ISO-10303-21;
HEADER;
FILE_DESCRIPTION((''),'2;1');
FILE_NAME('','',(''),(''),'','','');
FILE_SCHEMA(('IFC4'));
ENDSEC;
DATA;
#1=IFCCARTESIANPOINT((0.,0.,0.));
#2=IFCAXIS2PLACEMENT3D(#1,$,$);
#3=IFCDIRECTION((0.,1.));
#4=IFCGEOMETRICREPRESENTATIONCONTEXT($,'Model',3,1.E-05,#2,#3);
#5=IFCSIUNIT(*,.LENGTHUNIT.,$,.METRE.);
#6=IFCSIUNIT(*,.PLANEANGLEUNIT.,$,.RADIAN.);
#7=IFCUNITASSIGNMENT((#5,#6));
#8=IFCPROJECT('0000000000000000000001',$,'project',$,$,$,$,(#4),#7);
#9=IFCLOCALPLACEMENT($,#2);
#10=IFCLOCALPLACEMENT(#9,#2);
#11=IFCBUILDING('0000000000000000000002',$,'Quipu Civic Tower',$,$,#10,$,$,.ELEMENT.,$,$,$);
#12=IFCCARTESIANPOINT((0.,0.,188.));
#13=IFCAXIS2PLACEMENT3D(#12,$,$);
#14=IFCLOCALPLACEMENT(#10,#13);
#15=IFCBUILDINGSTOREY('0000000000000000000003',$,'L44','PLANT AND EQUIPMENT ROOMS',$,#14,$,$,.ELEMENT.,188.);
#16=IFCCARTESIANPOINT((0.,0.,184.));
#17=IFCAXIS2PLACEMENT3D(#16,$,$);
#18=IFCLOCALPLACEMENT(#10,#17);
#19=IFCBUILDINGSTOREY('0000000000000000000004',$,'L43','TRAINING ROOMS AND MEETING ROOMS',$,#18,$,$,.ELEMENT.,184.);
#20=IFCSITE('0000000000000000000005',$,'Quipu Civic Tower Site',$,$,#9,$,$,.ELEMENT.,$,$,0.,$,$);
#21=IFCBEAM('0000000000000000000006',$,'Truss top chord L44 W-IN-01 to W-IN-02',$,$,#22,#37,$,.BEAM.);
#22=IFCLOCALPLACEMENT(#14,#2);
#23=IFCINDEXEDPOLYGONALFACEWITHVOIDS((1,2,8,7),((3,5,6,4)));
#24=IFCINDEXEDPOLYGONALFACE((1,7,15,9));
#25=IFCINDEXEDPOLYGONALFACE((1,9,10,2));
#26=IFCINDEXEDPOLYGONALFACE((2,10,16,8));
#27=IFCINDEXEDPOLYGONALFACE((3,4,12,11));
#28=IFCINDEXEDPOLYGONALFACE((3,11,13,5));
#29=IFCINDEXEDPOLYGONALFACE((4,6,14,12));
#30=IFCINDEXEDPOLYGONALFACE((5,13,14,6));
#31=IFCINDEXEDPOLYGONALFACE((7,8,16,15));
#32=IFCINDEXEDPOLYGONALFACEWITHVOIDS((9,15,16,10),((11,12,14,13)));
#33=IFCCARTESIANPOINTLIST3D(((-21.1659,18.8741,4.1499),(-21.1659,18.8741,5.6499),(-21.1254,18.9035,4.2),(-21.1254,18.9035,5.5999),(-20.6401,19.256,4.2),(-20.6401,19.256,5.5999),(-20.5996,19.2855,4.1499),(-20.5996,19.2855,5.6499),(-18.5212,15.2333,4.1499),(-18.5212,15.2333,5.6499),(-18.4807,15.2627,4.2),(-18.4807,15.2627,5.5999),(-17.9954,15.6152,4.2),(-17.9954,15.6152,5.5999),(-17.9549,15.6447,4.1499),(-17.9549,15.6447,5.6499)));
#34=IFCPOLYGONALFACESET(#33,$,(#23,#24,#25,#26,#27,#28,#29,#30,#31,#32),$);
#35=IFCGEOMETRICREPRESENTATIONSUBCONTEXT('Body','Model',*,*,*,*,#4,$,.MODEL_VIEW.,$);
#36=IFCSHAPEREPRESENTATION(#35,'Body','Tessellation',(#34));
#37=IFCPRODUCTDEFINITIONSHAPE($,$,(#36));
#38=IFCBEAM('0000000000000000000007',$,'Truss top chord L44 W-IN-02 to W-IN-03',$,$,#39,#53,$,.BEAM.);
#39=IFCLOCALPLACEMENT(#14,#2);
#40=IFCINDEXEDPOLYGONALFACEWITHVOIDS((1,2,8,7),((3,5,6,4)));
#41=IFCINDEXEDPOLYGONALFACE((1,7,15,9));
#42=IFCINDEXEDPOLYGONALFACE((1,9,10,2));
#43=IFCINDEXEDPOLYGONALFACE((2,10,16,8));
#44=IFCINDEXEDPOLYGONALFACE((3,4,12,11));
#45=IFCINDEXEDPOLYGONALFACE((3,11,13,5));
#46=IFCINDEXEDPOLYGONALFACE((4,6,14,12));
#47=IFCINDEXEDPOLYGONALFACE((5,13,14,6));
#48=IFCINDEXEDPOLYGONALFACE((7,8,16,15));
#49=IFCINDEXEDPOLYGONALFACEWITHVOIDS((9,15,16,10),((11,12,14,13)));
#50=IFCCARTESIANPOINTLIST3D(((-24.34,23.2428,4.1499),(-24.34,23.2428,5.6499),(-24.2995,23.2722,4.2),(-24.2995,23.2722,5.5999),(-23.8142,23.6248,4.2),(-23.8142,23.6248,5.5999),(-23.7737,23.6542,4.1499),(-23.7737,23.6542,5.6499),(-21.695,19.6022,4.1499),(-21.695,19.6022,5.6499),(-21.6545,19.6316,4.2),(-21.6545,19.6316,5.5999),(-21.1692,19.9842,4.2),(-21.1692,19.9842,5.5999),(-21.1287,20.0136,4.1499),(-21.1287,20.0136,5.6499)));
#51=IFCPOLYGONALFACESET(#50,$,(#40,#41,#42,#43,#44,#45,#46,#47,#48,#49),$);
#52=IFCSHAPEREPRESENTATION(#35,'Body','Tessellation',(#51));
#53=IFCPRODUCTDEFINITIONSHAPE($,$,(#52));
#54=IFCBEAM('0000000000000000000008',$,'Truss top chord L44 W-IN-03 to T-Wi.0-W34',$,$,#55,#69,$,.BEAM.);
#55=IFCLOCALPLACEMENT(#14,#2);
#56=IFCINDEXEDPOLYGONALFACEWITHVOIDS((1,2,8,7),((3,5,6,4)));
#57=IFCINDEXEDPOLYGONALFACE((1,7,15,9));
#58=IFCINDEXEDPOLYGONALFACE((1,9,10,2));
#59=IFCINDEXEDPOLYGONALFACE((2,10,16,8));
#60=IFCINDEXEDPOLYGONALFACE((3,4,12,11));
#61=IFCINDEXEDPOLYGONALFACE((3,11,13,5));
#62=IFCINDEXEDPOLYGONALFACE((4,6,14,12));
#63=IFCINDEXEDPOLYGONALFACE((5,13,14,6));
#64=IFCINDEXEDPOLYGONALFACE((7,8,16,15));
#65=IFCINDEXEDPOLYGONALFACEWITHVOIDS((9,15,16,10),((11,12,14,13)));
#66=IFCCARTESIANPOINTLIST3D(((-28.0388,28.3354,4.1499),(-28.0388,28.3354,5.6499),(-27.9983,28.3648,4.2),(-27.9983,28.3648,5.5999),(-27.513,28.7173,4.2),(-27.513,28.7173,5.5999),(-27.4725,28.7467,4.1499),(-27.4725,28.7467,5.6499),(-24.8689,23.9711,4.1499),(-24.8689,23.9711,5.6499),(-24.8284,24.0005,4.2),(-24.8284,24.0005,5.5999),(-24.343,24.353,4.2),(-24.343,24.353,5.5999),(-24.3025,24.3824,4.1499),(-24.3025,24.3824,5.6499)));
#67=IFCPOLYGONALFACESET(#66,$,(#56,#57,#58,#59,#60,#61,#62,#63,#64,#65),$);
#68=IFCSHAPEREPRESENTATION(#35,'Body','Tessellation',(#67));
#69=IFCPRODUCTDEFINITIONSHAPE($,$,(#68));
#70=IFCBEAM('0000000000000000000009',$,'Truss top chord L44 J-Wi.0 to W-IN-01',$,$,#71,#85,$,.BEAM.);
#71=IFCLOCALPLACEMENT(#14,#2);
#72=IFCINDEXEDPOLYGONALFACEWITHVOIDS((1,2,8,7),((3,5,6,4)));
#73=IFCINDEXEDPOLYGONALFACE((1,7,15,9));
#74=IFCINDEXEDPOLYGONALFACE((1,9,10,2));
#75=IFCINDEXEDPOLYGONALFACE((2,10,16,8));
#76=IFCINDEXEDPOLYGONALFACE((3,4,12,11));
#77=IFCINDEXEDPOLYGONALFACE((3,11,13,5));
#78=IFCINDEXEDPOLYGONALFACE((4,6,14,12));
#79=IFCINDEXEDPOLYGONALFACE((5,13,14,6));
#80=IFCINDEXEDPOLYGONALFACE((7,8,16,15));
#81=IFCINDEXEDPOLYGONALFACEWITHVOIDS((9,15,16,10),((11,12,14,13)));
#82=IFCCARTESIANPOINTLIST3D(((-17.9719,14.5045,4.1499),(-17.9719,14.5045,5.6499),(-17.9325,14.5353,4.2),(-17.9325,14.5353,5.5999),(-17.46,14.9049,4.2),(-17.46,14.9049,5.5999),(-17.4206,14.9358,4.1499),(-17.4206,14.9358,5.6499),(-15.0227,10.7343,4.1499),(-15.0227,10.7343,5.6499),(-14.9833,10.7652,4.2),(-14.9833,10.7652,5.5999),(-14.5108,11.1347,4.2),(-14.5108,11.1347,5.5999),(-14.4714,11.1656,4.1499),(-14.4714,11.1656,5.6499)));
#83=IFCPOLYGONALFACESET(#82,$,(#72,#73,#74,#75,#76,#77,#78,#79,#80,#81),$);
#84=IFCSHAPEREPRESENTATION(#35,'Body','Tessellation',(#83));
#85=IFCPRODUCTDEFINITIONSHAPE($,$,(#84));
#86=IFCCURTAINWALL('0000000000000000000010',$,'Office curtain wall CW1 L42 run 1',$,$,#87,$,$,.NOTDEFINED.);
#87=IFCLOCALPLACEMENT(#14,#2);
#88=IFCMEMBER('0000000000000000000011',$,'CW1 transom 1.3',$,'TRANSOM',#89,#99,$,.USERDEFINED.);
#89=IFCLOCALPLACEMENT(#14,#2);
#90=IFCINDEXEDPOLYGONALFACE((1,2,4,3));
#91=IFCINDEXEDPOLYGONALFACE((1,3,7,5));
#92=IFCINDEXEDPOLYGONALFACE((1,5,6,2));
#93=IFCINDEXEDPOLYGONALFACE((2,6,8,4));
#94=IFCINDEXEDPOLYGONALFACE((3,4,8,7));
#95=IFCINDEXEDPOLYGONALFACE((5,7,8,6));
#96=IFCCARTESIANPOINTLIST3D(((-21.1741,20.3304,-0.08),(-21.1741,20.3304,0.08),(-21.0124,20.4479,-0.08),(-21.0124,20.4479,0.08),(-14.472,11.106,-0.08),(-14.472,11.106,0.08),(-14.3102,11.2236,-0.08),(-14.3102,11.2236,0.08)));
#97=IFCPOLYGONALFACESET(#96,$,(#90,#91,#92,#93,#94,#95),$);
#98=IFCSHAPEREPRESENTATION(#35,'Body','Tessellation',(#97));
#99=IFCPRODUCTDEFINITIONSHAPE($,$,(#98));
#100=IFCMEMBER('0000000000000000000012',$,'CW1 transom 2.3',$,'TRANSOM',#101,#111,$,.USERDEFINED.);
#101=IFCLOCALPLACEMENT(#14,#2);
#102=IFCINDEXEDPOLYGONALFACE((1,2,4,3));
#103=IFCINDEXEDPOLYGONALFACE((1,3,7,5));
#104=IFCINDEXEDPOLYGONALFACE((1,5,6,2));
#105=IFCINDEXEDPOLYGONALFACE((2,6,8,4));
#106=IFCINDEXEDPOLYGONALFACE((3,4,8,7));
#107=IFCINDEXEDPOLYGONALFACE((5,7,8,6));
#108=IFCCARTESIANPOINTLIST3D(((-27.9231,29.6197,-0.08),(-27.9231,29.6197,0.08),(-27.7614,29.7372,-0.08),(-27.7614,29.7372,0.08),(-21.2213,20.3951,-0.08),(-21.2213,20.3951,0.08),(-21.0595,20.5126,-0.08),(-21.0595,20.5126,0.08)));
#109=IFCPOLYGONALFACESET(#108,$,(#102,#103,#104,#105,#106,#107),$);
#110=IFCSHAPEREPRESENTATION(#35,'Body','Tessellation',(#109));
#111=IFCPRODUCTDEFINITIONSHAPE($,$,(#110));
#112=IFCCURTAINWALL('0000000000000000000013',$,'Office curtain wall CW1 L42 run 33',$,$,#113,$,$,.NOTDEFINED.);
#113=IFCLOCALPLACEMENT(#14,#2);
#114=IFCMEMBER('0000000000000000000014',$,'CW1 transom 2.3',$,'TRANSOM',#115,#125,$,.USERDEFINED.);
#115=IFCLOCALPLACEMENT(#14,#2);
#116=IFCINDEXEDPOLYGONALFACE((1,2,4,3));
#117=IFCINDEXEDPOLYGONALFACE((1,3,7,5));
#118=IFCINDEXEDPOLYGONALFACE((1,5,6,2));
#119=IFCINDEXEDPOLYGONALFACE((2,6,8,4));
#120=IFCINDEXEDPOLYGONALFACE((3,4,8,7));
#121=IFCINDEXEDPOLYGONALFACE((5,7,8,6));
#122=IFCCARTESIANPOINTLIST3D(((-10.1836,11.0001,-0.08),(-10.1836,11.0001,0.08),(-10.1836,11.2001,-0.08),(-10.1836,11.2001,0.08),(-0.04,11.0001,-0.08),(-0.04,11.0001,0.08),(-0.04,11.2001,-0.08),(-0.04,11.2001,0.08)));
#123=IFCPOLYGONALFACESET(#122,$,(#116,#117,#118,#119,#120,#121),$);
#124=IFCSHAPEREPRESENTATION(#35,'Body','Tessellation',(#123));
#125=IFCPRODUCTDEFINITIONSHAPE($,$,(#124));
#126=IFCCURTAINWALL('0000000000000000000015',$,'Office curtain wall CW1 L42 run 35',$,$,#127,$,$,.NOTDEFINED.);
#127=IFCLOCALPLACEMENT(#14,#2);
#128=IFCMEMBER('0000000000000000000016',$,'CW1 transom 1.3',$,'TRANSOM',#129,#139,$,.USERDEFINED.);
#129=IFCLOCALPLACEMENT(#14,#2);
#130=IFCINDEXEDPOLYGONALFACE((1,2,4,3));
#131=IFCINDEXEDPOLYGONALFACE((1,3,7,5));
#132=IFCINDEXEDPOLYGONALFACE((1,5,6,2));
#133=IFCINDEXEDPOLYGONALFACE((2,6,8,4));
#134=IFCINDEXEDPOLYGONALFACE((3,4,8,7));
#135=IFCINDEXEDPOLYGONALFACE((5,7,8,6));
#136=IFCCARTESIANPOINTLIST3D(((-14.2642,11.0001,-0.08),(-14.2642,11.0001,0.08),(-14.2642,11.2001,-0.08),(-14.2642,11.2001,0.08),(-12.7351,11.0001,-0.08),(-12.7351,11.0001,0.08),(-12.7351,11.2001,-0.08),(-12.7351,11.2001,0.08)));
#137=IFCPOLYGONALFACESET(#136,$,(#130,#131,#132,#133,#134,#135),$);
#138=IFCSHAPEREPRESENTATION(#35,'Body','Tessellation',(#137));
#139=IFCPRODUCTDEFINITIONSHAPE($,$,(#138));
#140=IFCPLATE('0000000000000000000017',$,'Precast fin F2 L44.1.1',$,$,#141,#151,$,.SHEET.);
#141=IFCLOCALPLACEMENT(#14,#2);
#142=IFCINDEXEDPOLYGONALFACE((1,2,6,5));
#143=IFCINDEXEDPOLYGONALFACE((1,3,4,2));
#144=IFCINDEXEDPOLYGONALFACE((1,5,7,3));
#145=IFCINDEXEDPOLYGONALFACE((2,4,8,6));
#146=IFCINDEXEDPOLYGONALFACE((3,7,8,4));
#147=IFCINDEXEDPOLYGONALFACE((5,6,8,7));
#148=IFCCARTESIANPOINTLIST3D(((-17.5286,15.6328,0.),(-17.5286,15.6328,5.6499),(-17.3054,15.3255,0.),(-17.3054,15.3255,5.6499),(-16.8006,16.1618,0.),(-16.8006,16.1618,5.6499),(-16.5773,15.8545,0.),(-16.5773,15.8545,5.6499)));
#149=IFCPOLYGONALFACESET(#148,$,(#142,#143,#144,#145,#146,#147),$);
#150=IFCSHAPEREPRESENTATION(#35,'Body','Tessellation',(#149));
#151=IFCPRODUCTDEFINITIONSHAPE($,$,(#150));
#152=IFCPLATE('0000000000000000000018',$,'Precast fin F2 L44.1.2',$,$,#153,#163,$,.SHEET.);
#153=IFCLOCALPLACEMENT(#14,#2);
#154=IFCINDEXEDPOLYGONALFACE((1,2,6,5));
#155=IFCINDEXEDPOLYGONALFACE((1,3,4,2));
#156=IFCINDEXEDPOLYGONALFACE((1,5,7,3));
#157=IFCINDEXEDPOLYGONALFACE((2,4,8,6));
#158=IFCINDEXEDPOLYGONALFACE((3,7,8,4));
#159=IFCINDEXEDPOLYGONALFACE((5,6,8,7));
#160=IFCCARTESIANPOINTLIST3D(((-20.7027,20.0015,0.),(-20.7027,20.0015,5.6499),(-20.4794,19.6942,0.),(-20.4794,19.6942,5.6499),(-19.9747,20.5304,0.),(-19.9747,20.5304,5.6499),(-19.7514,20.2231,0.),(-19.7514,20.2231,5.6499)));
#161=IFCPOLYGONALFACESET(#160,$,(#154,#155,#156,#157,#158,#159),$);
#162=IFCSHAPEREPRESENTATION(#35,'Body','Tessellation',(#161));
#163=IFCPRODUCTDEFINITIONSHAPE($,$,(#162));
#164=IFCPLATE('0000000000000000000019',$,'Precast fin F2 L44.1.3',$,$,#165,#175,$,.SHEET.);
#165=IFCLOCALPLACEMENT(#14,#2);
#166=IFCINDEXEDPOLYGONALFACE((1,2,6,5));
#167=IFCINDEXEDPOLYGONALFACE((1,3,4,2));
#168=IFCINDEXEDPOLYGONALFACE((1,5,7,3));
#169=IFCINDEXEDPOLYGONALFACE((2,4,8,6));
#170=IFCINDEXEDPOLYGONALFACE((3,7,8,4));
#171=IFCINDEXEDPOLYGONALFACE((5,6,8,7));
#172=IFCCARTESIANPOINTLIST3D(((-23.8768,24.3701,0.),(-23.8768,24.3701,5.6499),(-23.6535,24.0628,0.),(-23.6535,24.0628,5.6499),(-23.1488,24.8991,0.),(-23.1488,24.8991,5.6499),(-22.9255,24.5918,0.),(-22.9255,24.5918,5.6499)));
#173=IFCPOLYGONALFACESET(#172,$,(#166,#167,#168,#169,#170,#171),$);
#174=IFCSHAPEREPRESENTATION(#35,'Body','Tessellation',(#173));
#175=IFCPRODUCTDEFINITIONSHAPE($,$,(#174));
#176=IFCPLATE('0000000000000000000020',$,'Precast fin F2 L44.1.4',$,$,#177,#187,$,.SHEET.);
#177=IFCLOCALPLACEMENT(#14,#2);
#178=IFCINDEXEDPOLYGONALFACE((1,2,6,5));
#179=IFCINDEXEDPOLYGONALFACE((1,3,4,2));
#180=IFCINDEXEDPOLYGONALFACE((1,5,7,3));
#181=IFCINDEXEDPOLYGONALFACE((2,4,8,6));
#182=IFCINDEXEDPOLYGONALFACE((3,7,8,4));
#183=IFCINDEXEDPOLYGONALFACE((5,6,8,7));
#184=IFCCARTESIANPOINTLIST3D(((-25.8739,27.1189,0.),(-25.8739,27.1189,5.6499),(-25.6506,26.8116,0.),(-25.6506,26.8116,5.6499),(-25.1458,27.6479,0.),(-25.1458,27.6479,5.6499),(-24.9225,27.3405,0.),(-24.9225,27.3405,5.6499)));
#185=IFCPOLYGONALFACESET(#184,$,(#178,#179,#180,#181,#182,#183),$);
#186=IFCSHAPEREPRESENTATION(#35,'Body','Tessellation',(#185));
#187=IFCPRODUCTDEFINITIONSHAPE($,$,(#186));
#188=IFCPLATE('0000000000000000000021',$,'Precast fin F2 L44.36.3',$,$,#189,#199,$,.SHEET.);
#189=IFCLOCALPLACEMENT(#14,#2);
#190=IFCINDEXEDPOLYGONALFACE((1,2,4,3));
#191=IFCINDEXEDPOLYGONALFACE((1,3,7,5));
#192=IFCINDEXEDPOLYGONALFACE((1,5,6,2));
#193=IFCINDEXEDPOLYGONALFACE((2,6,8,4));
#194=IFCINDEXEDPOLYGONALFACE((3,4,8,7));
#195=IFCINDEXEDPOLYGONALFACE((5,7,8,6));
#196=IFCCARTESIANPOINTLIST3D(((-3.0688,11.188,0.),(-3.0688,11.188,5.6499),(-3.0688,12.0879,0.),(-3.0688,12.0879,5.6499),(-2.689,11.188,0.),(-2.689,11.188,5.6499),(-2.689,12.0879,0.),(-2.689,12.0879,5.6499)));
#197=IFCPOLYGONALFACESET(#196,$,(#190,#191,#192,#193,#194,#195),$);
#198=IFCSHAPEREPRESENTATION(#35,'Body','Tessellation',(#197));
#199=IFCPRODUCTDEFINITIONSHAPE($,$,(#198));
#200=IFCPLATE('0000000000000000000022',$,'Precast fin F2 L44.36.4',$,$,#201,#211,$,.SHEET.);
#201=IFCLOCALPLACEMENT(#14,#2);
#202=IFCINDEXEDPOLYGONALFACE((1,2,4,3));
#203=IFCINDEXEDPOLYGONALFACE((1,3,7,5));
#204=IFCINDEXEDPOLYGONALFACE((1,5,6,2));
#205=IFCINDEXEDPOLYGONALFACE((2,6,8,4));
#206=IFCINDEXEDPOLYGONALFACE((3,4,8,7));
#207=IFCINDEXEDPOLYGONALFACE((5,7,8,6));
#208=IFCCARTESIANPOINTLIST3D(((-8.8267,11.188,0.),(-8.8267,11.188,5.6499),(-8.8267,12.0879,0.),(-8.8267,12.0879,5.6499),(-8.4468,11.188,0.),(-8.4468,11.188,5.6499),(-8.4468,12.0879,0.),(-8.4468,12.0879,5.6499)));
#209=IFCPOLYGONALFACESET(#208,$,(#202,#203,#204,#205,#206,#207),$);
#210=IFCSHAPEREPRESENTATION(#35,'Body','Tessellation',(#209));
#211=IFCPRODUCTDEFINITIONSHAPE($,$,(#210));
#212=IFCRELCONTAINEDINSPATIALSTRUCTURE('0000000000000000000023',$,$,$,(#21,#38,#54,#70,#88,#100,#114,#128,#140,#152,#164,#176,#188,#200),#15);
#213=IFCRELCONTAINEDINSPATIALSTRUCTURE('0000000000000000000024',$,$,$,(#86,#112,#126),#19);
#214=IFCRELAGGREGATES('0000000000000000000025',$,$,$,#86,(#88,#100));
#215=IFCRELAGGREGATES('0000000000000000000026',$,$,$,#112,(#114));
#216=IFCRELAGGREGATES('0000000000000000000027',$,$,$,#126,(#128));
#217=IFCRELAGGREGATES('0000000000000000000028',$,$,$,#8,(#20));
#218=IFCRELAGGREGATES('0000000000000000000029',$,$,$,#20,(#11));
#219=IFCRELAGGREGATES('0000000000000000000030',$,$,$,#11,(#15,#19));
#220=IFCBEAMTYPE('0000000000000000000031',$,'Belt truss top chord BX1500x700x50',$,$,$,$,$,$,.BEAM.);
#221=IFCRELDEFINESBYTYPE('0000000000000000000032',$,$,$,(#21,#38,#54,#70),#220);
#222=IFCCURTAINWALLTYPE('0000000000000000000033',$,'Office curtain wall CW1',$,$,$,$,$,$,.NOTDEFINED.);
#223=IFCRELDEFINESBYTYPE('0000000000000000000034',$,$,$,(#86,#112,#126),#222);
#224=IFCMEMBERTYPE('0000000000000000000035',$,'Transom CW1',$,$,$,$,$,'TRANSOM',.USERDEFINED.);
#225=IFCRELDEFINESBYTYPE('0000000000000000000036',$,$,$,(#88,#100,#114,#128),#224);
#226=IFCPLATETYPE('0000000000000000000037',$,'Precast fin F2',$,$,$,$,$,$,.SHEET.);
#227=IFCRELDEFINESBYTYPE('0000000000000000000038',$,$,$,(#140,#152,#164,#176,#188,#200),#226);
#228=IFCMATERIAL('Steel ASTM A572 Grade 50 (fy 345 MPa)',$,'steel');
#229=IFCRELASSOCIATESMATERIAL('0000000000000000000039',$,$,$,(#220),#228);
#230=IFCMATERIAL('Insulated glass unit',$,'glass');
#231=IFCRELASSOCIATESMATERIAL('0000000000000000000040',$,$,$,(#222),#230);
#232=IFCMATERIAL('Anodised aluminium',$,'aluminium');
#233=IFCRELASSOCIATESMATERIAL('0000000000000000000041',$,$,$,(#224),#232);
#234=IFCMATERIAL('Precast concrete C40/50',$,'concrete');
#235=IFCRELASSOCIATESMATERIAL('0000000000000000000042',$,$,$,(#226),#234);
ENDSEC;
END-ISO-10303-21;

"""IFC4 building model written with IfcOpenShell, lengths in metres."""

from ifc_helpers import new_model, si_unit, direction, frame, origin, origin_2d, place, context, subcontext, project, spatial, rectangle, hollow_rectangle, extrude, material, material_profile, profile_set, type_object, element, aggregate, save


model = new_model("IFC4")

# Units and contexts
model_context = context("Model", 3, precision=1e-05, world=origin(), true_north=direction((0.0, 1.0)))
body_context = subcontext(model_context, "Body", "Model", "MODEL_VIEW")
ifc_project = project(units=[si_unit("LENGTHUNIT", "METRE"), si_unit("PLANEANGLEUNIT", "RADIAN")], contexts=[model_context])

# Site, building, storey
site_placement = place(None, origin())
site = spatial("IfcSite", under=ifc_project, at=site_placement, Name="Quipu Civic Tower Site", CompositionType="ELEMENT", RefElevation=0.0)
building_placement = place(site_placement, origin())
building = spatial("IfcBuilding", under=site, at=building_placement, Name="Quipu Civic Tower", CompositionType="ELEMENT")
storey_1_placement = place(building_placement, frame((0.0, 0.0, 188.0)))
storey_1 = spatial("IfcBuildingStorey", under=building, at=storey_1_placement, Name="L44", Description="PLANT AND EQUIPMENT ROOMS", CompositionType="ELEMENT", Elevation=188.0)

# Beams
ifc_material_1 = material(Name="Steel ASTM A572 Grade 50 (fy 345 MPa)", Category="steel")
ifc_material_profile_1 = material_profile(ifc_material_1, hollow_rectangle(XDim=0.7, YDim=1.5, WallThickness=0.05, at=origin_2d()), Name="BX1500x700x50")
ifc_profile_set_1 = profile_set([ifc_material_profile_1], Name="Steel ASTM A572 Grade 50 (fy 345 MPa)")
beam_type_1 = type_object("IfcBeamType", Name="Belt truss top chord BX1500x700x50", PredefinedType="BEAM", material=ifc_profile_set_1)
for number, where, z_axis, x_axis, name in (
    (1, (-18.238, 15.439, 4.8999), (-0.587717, 0.809067, 0.0), (-0.809067, -0.587717, 0.0), "Truss top chord L44 W-IN-01 to W-IN-02"),
    (2, (-21.4119, 19.8079, 4.8999), (-0.587778, 0.809022, 0.0), (-0.809022, -0.587778, 0.0), "Truss top chord L44 W-IN-02 to W-IN-03"),
):
    element("IfcBeam", number, at=place(storey_1_placement, frame(where, z_axis=z_axis, x_axis=x_axis)), inside=storey_1, type_object=beam_type_1, Name=name, PredefinedType="BEAM", context=body_context, shape_type="SweptSolid", body=[
        extrude(hollow_rectangle(XDim=0.7, YDim=1.5, WallThickness=0.05, at=origin_2d()), origin(), (0.0, 0.0, 1.0), 4.5),
    ])
beam_1_placement = place(storey_1_placement, frame((-24.5857, 24.1768, 4.8999), z_axis=(-0.587676, 0.809096, 0.0), x_axis=(-0.809096, -0.587676, 0.0)))
element("IfcBeam", 3, at=beam_1_placement, inside=storey_1, type_object=beam_type_1, Name="Truss top chord L44 W-IN-03 to T-Wi.0-W34", PredefinedType="BEAM", context=body_context, shape_type="SweptSolid", body=[
    extrude(hollow_rectangle(XDim=0.7, YDim=1.5, WallThickness=0.05, at=origin_2d()), origin(), (0.0, 0.0, 1.0), 5.394),
])
beam_2_placement = place(storey_1_placement, frame((-14.7471, 10.95, 4.8999), z_axis=(-0.616124, 0.787649, 0.0), x_axis=(-0.787649, -0.616124, 0.0)))
element("IfcBeam", 4, at=beam_2_placement, inside=storey_1, type_object=beam_type_1, Name="Truss top chord L44 J-Wi.0 to W-IN-01", PredefinedType="BEAM", context=body_context, shape_type="SweptSolid", body=[
    extrude(hollow_rectangle(XDim=0.7, YDim=1.5, WallThickness=0.05, at=origin_2d()), origin(), (0.0, 0.0, 1.0), 4.7866),
])

# Shared definitions
storey_2_placement = place(building_placement, frame((0.0, 0.0, 184.0)))
storey_2 = spatial("IfcBuildingStorey", under=building, at=storey_2_placement, Name="L43", Description="TRAINING ROOMS AND MEETING ROOMS", CompositionType="ELEMENT", Elevation=184.0)

# Curtain wall, members
ifc_material_2 = material(Name="Insulated glass unit", Category="glass")
curtain_wall_type = type_object("IfcCurtainWallType", Name="Office curtain wall CW1", PredefinedType="NOTDEFINED", material=ifc_material_2)
curtain_wall_1_placement = place(storey_2_placement, origin())
curtain_wall_1 = element("IfcCurtainWall", 5, at=curtain_wall_1_placement, inside=storey_2, type_object=curtain_wall_type, Name="Office curtain wall CW1 L42 run 1", PredefinedType="NOTDEFINED")
ifc_material_3 = material(Name="Anodised aluminium", Category="aluminium")
ifc_material_profile_2 = material_profile(ifc_material_3, rectangle(XDim=0.2, YDim=0.1599, at=origin_2d()), Name="RECT 200x160")
ifc_profile_set_2 = profile_set([ifc_material_profile_2], Name="Anodised aluminium")
member_type_1 = type_object("IfcMemberType", Name="Transom CW1", ElementType="TRANSOM", PredefinedType="USERDEFINED", material=ifc_profile_set_2)
member_1_placement = place(storey_1_placement, frame((-14.3911, 11.1648, 0.0), z_axis=(-0.5878, 0.809006, 0.0), x_axis=(-0.809006, -0.5878, 0.0)))
member_1 = element("IfcMember", 6, at=member_1_placement, inside=storey_1, type_object=member_type_1, Name="CW1 transom 1.3", ObjectType="TRANSOM", PredefinedType="USERDEFINED", context=body_context, shape_type="SweptSolid", body=[
    extrude(rectangle(XDim=0.2, YDim=0.1599, at=origin_2d()), origin(), (0.0, 0.0, 1.0), 11.4021),
])
member_2_placement = place(storey_1_placement, frame((-21.1404, 20.4539, 0.0), z_axis=(-0.587776, 0.809024, 0.0), x_axis=(-0.809024, -0.587776, 0.0)))
member_2 = element("IfcMember", 7, at=member_2_placement, inside=storey_1, type_object=member_type_1, Name="CW1 transom 2.3", ObjectType="TRANSOM", PredefinedType="USERDEFINED", context=body_context, shape_type="SweptSolid", body=[
    extrude(rectangle(XDim=0.2, YDim=0.1599, at=origin_2d()), origin(), (0.0, 0.0, 1.0), 11.4021),
])
aggregate(curtain_wall_1, [member_1, member_2])

# Curtain walls, members
curtain_wall_2_placement = place(storey_2_placement, origin())
curtain_wall_2 = element("IfcCurtainWall", 8, at=curtain_wall_2_placement, inside=storey_2, type_object=curtain_wall_type, Name="Office curtain wall CW1 L42 run 33", PredefinedType="NOTDEFINED")
member_3_placement = place(storey_1_placement, frame((-0.04, 11.1001, 0.0), z_axis=(-1.0, 0.0, 0.0), x_axis=(0.0, -1.0, 0.0)))
member_3 = element("IfcMember", 9, at=member_3_placement, inside=storey_1, type_object=member_type_1, Name="CW1 transom 2.3", ObjectType="TRANSOM", PredefinedType="USERDEFINED", context=body_context, shape_type="SweptSolid", body=[
    extrude(rectangle(XDim=0.2, YDim=0.1599, at=origin_2d()), origin(), (0.0, 0.0, 1.0), 10.1436),
])
aggregate(curtain_wall_2, [member_3])
curtain_wall_3_placement = place(storey_2_placement, origin())
curtain_wall_3 = element("IfcCurtainWall", 10, at=curtain_wall_3_placement, inside=storey_2, type_object=curtain_wall_type, Name="Office curtain wall CW1 L42 run 35", PredefinedType="NOTDEFINED")
member_4_placement = place(storey_1_placement, frame((-12.7351, 11.1001, 0.0), z_axis=(-1.0, 0.0, 0.0), x_axis=(0.0, -1.0, 0.0)))
member_4 = element("IfcMember", 11, at=member_4_placement, inside=storey_1, type_object=member_type_1, Name="CW1 transom 1.3", ObjectType="TRANSOM", PredefinedType="USERDEFINED", context=body_context, shape_type="SweptSolid", body=[
    extrude(rectangle(XDim=0.2, YDim=0.1599, at=origin_2d()), origin(), (0.0, 0.0, 1.0), 1.5291),
])
aggregate(curtain_wall_3, [member_4])

# Plates
ifc_material_4 = material(Name="Precast concrete C40/50", Category="concrete")
plate_type = type_object("IfcPlateType", Name="Precast fin F2", PredefinedType="SHEET", material=ifc_material_4)
for number, where, z_axis, x_axis, name in (
    (12, (-17.053, 15.7437, 0.0), (0.0, 0.0, 1.0), (-0.587787, 0.809016, 0.0), "Precast fin F2 L44.1.1"),
    (13, (-20.2271, 20.1123, 0.0), (0.0, 0.0, 1.0), (-0.587787, 0.809016, 0.0), "Precast fin F2 L44.1.2"),
    (14, (-23.4011, 24.481, 0.0), (0.0, 0.0, 1.0), (-0.587787, 0.809016, 0.0), "Precast fin F2 L44.1.3"),
    (15, (-25.3982, 27.2297, 0.0), (0.0, 0.0, 1.0), (-0.587787, 0.809016, 0.0), "Precast fin F2 L44.1.4"),
    (16, (-2.8789, 11.6379, 0.0), (0.0, 0.0, 1.0), (-1.0, 0.0, 0.0), "Precast fin F2 L44.36.3"),
    (17, (-8.6367, 11.6379, 0.0), (0.0, 0.0, 1.0), (-1.0, 0.0, 0.0), "Precast fin F2 L44.36.4"),
):
    element("IfcPlate", number, at=place(storey_1_placement, frame(where, z_axis=z_axis, x_axis=x_axis)), inside=storey_1, type_object=plate_type, Name=name, PredefinedType="SHEET", context=body_context, shape_type="SweptSolid", body=[
        extrude(rectangle(XDim=0.3799, YDim=0.8999, at=origin_2d()), origin(), (0.0, 0.0, 1.0), 5.6499),
    ])

save(model, "model.ifc")
